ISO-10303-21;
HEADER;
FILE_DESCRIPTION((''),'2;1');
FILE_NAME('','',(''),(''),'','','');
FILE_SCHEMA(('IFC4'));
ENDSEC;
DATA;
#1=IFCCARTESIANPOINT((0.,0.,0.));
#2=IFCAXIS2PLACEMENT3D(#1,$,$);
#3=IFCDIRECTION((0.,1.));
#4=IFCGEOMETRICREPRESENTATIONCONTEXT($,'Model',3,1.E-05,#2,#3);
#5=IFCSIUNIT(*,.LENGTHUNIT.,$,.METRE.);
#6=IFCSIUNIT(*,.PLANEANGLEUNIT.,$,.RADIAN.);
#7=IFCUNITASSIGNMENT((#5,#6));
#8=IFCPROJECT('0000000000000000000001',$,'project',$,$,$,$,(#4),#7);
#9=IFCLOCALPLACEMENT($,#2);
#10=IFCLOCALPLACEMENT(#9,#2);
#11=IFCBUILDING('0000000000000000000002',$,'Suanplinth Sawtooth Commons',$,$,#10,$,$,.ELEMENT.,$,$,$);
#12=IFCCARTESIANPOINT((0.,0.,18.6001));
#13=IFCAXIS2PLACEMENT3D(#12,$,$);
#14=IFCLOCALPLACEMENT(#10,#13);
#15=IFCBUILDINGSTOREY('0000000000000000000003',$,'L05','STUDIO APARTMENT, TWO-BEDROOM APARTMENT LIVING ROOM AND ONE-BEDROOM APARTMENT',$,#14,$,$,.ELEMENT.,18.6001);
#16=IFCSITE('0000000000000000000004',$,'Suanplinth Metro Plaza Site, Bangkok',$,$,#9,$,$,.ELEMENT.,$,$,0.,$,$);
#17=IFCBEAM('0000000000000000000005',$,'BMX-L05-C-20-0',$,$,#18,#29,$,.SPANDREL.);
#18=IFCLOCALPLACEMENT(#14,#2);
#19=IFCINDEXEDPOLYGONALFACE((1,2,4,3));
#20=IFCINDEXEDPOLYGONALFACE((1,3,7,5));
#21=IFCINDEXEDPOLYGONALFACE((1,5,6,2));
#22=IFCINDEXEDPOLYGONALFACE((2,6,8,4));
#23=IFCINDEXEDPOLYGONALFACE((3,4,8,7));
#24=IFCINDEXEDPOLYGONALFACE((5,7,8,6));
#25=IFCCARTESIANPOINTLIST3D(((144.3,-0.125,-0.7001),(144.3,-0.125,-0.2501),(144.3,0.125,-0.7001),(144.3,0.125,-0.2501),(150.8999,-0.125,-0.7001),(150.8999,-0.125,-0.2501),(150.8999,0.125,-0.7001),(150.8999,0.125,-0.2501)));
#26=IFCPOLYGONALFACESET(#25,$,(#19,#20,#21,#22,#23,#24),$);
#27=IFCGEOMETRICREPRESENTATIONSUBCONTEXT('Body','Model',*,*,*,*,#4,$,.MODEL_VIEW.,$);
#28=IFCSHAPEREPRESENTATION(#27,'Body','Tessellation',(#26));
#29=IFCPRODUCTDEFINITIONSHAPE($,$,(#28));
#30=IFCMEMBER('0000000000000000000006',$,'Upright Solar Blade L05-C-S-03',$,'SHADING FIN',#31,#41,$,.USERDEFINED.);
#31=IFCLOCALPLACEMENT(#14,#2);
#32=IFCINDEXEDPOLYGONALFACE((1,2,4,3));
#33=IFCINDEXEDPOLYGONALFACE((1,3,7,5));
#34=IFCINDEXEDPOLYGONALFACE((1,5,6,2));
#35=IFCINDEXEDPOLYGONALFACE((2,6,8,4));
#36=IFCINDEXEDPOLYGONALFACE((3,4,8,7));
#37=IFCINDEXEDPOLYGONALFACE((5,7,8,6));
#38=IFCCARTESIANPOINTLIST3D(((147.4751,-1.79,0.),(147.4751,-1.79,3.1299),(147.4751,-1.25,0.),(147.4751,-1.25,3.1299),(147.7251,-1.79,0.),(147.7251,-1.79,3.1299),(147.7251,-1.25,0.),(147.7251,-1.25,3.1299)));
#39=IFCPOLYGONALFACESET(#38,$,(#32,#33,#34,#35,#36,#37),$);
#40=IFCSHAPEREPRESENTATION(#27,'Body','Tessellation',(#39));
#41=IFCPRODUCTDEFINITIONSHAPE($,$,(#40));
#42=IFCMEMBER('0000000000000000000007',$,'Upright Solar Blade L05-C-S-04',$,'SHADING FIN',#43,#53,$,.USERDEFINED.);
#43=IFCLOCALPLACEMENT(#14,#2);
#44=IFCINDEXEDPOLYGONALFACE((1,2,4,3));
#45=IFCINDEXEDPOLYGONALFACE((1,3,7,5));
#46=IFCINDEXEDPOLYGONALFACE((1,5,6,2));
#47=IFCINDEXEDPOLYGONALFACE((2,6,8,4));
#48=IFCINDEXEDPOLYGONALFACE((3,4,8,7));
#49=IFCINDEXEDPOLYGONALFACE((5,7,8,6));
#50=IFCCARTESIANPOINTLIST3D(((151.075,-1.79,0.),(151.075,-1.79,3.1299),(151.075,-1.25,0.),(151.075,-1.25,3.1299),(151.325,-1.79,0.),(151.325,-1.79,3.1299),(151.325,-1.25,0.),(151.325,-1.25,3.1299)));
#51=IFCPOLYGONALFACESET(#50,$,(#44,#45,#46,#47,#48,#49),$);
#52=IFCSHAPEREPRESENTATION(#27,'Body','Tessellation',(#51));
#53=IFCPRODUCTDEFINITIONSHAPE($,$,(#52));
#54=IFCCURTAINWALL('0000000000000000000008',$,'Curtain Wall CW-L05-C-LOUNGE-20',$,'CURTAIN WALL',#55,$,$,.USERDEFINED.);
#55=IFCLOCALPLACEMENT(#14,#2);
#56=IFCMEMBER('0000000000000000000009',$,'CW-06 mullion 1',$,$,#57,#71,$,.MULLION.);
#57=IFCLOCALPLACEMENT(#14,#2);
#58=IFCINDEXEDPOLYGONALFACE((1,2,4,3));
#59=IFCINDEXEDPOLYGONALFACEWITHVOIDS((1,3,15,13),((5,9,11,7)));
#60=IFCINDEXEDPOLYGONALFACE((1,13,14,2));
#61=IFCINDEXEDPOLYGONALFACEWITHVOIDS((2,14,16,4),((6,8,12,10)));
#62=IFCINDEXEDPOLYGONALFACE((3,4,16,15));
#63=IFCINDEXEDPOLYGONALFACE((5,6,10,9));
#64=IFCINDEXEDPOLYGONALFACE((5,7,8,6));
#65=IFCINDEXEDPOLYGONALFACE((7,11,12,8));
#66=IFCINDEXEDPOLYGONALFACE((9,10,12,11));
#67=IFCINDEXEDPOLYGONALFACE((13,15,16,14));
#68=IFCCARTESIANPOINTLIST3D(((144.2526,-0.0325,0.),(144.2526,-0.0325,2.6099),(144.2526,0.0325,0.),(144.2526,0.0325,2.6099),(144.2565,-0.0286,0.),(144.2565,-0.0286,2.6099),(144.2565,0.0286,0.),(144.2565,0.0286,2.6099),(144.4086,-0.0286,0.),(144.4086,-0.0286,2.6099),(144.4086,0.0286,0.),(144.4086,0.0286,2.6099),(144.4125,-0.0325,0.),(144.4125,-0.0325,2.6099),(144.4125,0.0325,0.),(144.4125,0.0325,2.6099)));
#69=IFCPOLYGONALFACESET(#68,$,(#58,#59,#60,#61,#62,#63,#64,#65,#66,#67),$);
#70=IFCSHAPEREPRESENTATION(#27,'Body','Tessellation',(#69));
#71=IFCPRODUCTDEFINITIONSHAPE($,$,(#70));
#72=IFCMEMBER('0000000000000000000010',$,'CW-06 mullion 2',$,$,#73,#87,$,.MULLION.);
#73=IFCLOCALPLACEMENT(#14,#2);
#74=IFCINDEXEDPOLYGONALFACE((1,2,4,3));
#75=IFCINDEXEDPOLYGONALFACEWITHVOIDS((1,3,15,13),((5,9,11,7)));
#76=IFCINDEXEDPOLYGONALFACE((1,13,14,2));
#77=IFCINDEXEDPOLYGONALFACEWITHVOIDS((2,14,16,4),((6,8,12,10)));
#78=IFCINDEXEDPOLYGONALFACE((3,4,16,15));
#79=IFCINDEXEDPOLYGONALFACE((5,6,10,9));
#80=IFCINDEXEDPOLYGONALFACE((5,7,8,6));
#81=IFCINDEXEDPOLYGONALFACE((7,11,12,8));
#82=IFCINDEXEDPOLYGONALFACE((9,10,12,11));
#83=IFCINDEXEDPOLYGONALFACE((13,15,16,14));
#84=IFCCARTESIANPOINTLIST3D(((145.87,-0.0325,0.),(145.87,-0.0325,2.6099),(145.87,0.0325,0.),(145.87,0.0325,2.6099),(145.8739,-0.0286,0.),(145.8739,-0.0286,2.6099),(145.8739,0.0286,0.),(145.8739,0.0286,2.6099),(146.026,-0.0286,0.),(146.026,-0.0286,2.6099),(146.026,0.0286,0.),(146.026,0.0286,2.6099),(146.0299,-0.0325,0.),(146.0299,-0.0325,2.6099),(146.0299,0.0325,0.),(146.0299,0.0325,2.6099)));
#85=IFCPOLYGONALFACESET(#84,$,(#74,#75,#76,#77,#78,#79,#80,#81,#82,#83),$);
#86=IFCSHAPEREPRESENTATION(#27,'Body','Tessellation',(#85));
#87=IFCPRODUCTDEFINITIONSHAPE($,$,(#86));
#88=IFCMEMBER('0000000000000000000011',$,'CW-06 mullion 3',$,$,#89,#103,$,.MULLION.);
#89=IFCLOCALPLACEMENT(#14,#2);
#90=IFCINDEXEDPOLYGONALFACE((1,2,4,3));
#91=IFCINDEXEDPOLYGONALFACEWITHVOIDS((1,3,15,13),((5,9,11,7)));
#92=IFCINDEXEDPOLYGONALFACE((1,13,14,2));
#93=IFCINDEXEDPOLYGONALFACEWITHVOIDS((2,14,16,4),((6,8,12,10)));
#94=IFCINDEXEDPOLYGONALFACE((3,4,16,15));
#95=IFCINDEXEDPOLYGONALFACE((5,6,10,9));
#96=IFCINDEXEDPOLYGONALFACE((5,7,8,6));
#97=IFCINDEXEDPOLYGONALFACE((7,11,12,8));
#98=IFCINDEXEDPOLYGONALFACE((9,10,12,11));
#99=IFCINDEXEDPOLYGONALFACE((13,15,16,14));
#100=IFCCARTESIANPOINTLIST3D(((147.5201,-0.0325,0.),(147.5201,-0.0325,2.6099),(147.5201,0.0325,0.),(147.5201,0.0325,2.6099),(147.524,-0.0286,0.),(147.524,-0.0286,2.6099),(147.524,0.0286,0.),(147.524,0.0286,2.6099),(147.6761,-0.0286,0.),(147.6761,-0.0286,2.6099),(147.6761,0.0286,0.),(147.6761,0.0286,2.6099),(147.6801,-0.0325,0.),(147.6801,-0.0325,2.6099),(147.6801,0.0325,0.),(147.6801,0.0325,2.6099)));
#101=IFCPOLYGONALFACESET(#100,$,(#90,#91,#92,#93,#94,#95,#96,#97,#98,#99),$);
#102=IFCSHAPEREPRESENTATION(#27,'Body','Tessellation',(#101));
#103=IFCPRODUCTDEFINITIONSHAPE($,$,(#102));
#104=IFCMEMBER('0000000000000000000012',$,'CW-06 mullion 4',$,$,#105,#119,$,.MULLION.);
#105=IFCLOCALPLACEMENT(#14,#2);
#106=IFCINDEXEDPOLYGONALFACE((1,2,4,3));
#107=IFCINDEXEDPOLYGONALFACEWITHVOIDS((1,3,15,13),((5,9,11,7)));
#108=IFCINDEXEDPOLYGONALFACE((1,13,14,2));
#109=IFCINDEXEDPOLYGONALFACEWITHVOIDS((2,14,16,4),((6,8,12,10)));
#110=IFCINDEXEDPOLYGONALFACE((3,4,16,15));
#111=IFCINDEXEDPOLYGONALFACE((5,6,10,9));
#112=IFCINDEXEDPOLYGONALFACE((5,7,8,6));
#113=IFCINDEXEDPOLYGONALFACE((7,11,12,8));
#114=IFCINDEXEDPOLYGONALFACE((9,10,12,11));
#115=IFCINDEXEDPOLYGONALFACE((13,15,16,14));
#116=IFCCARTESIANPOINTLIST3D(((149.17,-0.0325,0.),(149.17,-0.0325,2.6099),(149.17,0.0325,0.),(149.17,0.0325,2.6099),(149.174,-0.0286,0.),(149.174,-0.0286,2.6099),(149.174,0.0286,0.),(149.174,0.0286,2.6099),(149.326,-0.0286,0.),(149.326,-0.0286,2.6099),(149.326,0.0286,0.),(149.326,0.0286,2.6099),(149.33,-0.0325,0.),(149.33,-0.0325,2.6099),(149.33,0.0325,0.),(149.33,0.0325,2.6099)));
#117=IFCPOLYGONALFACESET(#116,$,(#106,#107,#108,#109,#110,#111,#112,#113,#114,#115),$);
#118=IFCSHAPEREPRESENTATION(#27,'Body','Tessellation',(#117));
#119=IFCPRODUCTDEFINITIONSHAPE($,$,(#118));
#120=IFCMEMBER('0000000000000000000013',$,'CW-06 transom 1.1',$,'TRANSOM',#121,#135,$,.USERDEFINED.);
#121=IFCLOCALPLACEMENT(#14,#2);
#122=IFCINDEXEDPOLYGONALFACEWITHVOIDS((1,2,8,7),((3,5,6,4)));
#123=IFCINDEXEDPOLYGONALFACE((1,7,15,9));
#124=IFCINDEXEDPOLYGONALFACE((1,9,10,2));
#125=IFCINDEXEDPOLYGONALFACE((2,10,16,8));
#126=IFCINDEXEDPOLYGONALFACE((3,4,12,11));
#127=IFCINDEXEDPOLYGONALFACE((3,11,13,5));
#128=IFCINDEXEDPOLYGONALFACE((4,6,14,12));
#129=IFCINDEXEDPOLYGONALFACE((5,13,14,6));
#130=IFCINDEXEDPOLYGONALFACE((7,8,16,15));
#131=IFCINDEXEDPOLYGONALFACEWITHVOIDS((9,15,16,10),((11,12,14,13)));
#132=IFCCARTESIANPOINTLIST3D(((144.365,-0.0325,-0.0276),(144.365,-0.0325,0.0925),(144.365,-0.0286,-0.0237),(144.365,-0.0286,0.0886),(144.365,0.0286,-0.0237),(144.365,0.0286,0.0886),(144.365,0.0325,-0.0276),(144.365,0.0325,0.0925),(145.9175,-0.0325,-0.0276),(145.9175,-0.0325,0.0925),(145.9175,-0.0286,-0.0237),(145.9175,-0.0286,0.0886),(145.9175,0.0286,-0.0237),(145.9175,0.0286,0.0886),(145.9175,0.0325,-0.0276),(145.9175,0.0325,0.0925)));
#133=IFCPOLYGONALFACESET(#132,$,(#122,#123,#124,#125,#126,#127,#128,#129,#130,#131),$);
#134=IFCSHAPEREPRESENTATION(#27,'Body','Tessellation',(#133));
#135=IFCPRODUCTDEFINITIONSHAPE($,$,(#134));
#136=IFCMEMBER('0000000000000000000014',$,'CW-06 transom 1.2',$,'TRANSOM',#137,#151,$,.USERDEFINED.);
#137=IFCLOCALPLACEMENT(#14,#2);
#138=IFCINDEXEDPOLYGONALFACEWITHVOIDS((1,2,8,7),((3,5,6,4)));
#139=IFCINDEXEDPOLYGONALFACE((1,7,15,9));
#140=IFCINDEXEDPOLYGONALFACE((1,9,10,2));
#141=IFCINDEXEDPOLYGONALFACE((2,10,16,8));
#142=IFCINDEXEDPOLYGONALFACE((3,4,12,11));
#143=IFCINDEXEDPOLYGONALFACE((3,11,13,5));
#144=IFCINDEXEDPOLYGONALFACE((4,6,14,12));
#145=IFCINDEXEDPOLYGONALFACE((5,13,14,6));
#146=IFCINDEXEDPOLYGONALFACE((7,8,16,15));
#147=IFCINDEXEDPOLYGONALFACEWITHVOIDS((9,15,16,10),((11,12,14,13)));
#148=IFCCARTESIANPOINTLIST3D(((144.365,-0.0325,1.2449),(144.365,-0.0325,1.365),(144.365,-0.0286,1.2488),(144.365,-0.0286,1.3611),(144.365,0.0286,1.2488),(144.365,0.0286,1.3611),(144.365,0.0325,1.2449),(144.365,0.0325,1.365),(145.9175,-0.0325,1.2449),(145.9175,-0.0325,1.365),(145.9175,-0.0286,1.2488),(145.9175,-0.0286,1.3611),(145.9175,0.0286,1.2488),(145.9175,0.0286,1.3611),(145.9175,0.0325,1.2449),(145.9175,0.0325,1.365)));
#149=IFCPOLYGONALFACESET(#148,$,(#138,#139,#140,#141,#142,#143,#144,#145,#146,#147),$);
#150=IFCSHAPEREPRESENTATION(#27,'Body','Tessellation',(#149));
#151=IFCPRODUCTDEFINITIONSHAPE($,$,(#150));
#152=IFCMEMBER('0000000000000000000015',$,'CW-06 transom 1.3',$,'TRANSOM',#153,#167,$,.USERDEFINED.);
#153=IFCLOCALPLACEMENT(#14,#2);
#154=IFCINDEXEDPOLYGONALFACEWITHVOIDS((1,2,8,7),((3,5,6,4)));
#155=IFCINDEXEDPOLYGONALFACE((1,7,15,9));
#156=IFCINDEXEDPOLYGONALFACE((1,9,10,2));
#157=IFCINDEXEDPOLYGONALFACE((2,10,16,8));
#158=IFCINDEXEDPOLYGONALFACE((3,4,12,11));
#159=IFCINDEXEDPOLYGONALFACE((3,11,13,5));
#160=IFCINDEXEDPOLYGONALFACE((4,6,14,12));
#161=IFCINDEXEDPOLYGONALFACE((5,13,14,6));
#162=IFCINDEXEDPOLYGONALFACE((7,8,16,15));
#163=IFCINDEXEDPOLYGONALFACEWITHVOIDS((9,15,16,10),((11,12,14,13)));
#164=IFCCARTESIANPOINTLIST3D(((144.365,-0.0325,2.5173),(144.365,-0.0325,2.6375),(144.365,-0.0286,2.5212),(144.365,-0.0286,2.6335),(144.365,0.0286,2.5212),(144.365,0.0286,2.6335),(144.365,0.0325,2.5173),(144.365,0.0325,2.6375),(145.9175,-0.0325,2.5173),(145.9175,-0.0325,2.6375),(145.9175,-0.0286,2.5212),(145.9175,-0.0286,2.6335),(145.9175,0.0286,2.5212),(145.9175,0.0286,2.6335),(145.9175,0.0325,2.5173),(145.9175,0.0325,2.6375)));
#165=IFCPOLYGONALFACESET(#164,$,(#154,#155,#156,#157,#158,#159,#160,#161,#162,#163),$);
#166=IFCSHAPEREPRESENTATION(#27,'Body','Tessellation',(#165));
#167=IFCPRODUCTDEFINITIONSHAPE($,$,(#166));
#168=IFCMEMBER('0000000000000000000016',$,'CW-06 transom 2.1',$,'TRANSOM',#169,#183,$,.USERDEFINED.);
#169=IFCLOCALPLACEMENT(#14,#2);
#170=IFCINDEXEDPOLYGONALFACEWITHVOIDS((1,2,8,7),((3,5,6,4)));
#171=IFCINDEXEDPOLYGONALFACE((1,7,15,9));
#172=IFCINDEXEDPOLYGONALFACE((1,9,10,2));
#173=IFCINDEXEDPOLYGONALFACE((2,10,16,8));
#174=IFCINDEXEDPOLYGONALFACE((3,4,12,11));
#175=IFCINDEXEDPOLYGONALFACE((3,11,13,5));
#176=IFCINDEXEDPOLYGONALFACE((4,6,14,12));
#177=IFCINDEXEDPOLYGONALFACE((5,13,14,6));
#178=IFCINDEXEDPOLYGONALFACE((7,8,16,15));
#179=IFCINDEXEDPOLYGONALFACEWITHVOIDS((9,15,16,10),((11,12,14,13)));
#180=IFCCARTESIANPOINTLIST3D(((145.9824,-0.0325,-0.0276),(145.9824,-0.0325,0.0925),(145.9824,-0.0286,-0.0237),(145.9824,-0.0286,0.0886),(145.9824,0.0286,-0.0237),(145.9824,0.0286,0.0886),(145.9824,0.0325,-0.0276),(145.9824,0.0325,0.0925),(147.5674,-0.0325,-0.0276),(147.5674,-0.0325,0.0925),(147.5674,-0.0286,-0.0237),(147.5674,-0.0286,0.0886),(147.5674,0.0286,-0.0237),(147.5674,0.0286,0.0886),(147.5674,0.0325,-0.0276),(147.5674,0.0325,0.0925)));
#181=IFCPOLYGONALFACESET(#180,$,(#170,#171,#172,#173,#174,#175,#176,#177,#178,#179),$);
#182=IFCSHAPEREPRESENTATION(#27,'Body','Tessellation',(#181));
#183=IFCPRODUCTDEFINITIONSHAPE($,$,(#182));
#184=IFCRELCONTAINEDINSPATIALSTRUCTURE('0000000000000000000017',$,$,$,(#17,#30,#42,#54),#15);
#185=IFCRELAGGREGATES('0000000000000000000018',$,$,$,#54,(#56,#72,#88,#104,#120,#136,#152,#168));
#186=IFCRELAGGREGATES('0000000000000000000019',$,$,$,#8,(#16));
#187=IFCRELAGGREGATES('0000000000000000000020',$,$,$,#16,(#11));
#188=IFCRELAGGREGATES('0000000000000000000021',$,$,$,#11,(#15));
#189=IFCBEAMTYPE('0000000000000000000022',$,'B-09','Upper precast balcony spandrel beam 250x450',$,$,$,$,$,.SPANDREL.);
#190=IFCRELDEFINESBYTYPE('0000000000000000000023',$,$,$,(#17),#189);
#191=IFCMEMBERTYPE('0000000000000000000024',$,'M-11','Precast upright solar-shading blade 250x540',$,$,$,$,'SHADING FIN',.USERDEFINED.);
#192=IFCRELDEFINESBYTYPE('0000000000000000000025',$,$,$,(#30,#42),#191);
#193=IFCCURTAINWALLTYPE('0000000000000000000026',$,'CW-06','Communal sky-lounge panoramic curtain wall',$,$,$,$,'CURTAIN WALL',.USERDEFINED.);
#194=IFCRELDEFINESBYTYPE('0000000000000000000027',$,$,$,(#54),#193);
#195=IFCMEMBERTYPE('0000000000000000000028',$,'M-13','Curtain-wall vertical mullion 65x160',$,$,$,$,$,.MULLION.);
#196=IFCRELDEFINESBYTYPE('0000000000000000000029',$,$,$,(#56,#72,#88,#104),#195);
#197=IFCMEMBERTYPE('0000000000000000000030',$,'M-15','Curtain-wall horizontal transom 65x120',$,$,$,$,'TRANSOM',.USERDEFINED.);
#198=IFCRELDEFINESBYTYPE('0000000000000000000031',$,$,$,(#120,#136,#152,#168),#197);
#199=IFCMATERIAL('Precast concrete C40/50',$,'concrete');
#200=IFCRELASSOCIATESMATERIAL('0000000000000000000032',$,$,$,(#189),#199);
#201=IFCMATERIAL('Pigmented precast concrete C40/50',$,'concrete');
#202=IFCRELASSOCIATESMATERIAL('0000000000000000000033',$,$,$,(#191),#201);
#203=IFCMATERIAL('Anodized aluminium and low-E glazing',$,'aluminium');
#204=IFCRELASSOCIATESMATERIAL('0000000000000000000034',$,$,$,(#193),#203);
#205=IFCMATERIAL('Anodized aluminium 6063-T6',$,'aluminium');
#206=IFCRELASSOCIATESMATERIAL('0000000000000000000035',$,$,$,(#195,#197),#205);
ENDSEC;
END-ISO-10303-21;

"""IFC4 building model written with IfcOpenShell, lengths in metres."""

from ifc_helpers import new_model, si_unit, direction, frame, origin, origin_2d, place, context, subcontext, project, spatial, rectangle, hollow_rectangle, extrude, material, material_profile, profile_set, type_object, element, aggregate, save


model = new_model("IFC4")

# Units and contexts
model_context = context("Model", 3, precision=1e-05, world=origin(), true_north=direction((0.0, 1.0)))
body_context = subcontext(model_context, "Body", "Model", "MODEL_VIEW")
ifc_project = project(units=[si_unit("LENGTHUNIT", "METRE"), si_unit("PLANEANGLEUNIT", "RADIAN")], contexts=[model_context])

# Site, building, storey
site_placement = place(None, origin())
site = spatial("IfcSite", under=ifc_project, at=site_placement, Name="Suanplinth Metro Plaza Site, Bangkok", CompositionType="ELEMENT", RefElevation=0.0)
building_placement = place(site_placement, origin())
building = spatial("IfcBuilding", under=site, at=building_placement, Name="Suanplinth Sawtooth Commons", CompositionType="ELEMENT")
storey_placement = place(building_placement, frame((0.0, 0.0, 18.6001)))
storey = spatial("IfcBuildingStorey", under=building, at=storey_placement, Name="L05", Description="STUDIO APARTMENT, TWO-BEDROOM APARTMENT LIVING ROOM AND ONE-BEDROOM APARTMENT", CompositionType="ELEMENT", Elevation=18.6001)

# Beam
ifc_material_1 = material(Name="Precast concrete C40/50", Category="concrete")
ifc_material_profile_1 = material_profile(ifc_material_1, rectangle(XDim=0.25, YDim=0.45, at=origin_2d()), Name="PC-SP 250x450")
ifc_profile_set_1 = profile_set([ifc_material_profile_1], Name="Precast concrete C40/50")
beam_type = type_object("IfcBeamType", Name="B-09", Description="Upper precast balcony spandrel beam 250x450", PredefinedType="SPANDREL", material=ifc_profile_set_1)
beam_placement = place(storey_placement, frame((144.3, 0.0, -0.4751), z_axis=(1.0, 0.0, 0.0), x_axis=(0.0, 1.0, 0.0)))
element("IfcBeam", 1, at=beam_placement, inside=storey, type_object=beam_type, Name="BMX-L05-C-20-0", PredefinedType="SPANDREL", context=body_context, shape_type="SweptSolid", body=[
    extrude(rectangle(XDim=0.25, YDim=0.45, at=origin_2d()), origin(), (0.0, 0.0, 1.0), 6.5999),
])

# Members
ifc_material_2 = material(Name="Pigmented precast concrete C40/50", Category="concrete")
ifc_material_profile_2 = material_profile(ifc_material_2, rectangle(XDim=0.25, YDim=0.54, at=origin_2d()), Name="PC-FIN 250x540")
ifc_profile_set_2 = profile_set([ifc_material_profile_2], Name="Pigmented precast concrete C40/50")
member_type_1 = type_object("IfcMemberType", Name="M-11", Description="Precast upright solar-shading blade 250x540", ElementType="SHADING FIN", PredefinedType="USERDEFINED", material=ifc_profile_set_2)
for number, where, z_axis, x_axis, name in (
    (2, (147.6001, -1.52, 0.0), (0.0, 0.0, 1.0), (1.0, 0.0, 0.0), "Upright Solar Blade L05-C-S-03"),
    (3, (151.2, -1.52, 0.0), (0.0, 0.0, 1.0), (1.0, 0.0, 0.0), "Upright Solar Blade L05-C-S-04"),
):
    element("IfcMember", number, at=place(storey_placement, frame(where, z_axis=z_axis, x_axis=x_axis)), inside=storey, type_object=member_type_1, Name=name, ObjectType="SHADING FIN", PredefinedType="USERDEFINED", context=body_context, shape_type="SweptSolid", body=[
        extrude(rectangle(XDim=0.25, YDim=0.54, at=origin_2d()), origin(), (0.0, 0.0, 1.0), 3.1299),
    ])

# Curtain wall, members
ifc_material_3 = material(Name="Anodized aluminium and low-E glazing", Category="aluminium")
curtain_wall_type = type_object("IfcCurtainWallType", Name="CW-06", Description="Communal sky-lounge panoramic curtain wall", ElementType="CURTAIN WALL", PredefinedType="USERDEFINED", material=ifc_material_3)
curtain_wall_placement = place(storey_placement, origin())
curtain_wall = element("IfcCurtainWall", 4, at=curtain_wall_placement, inside=storey, type_object=curtain_wall_type, Name="Curtain Wall CW-L05-C-LOUNGE-20", ObjectType="CURTAIN WALL", PredefinedType="USERDEFINED")
ifc_material_4 = material(Name="Anodized aluminium 6063-T6", Category="aluminium")
ifc_material_profile_3 = material_profile(ifc_material_4, hollow_rectangle(XDim=0.0649, YDim=0.1599, WallThickness=0.0039, at=origin_2d()), Name="ALU-MUL 65x160")
ifc_profile_set_3 = profile_set([ifc_material_profile_3], Name="Anodized aluminium 6063-T6")
member_type_2 = type_object("IfcMemberType", Name="M-13", Description="Curtain-wall vertical mullion 65x160", PredefinedType="MULLION", material=ifc_profile_set_3)
member_1_placement = place(storey_placement, frame((144.3325, 0.0, 0.0), z_axis=(0.0, 0.0, 1.0), x_axis=(0.0, 1.0, 0.0)))
member_1 = element("IfcMember", 5, at=member_1_placement, type_object=member_type_2, Name="CW-06 mullion 1", PredefinedType="MULLION", context=body_context, shape_type="SweptSolid", body=[
    extrude(hollow_rectangle(XDim=0.0649, YDim=0.1599, WallThickness=0.0039, at=origin_2d()), origin(), (0.0, 0.0, 1.0), 2.6099),
])
member_2_placement = place(storey_placement, frame((145.95, 0.0, 0.0), z_axis=(0.0, 0.0, 1.0), x_axis=(0.0, 1.0, 0.0)))
member_2 = element("IfcMember", 6, at=member_2_placement, type_object=member_type_2, Name="CW-06 mullion 2", PredefinedType="MULLION", context=body_context, shape_type="SweptSolid", body=[
    extrude(hollow_rectangle(XDim=0.0649, YDim=0.1599, WallThickness=0.0039, at=origin_2d()), origin(), (0.0, 0.0, 1.0), 2.6099),
])
member_3_placement = place(storey_placement, frame((147.6001, 0.0, 0.0), z_axis=(0.0, 0.0, 1.0), x_axis=(0.0, 1.0, 0.0)))
member_3 = element("IfcMember", 7, at=member_3_placement, type_object=member_type_2, Name="CW-06 mullion 3", PredefinedType="MULLION", context=body_context, shape_type="SweptSolid", body=[
    extrude(hollow_rectangle(XDim=0.0649, YDim=0.1599, WallThickness=0.0039, at=origin_2d()), origin(), (0.0, 0.0, 1.0), 2.6099),
])
member_4_placement = place(storey_placement, frame((149.25, 0.0, 0.0), z_axis=(0.0, 0.0, 1.0), x_axis=(0.0, 1.0, 0.0)))
member_4 = element("IfcMember", 8, at=member_4_placement, type_object=member_type_2, Name="CW-06 mullion 4", PredefinedType="MULLION", context=body_context, shape_type="SweptSolid", body=[
    extrude(hollow_rectangle(XDim=0.0649, YDim=0.1599, WallThickness=0.0039, at=origin_2d()), origin(), (0.0, 0.0, 1.0), 2.6099),
])
ifc_material_profile_4 = material_profile(ifc_material_4, hollow_rectangle(XDim=0.0649, YDim=0.1201, WallThickness=0.0039, at=origin_2d()), Name="ALU-TRN 65x120")
ifc_profile_set_4 = profile_set([ifc_material_profile_4], Name="Anodized aluminium 6063-T6")
member_type_3 = type_object("IfcMemberType", Name="M-15", Description="Curtain-wall horizontal transom 65x120", ElementType="TRANSOM", PredefinedType="USERDEFINED", material=ifc_profile_set_4)
member_5_placement = place(storey_placement, frame((144.365, 0.0, 0.0325), z_axis=(1.0, 0.0, 0.0), x_axis=(0.0, 1.0, 0.0)))
member_5 = element("IfcMember", 9, at=member_5_placement, type_object=member_type_3, Name="CW-06 transom 1.1", ObjectType="TRANSOM", PredefinedType="USERDEFINED", context=body_context, shape_type="SweptSolid", body=[
    extrude(hollow_rectangle(XDim=0.0649, YDim=0.1201, WallThickness=0.0039, at=origin_2d()), origin(), (0.0, 0.0, 1.0), 1.5525),
])
member_6_placement = place(storey_placement, frame((144.365, 0.0, 1.3049), z_axis=(1.0, 0.0, 0.0), x_axis=(0.0, 1.0, 0.0)))
member_6 = element("IfcMember", 10, at=member_6_placement, type_object=member_type_3, Name="CW-06 transom 1.2", ObjectType="TRANSOM", PredefinedType="USERDEFINED", context=body_context, shape_type="SweptSolid", body=[
    extrude(hollow_rectangle(XDim=0.0649, YDim=0.1201, WallThickness=0.0039, at=origin_2d()), origin(), (0.0, 0.0, 1.0), 1.5525),
])
member_7_placement = place(storey_placement, frame((144.365, 0.0, 2.5774), z_axis=(1.0, 0.0, 0.0), x_axis=(0.0, 1.0, 0.0)))
member_7 = element("IfcMember", 11, at=member_7_placement, type_object=member_type_3, Name="CW-06 transom 1.3", ObjectType="TRANSOM", PredefinedType="USERDEFINED", context=body_context, shape_type="SweptSolid", body=[
    extrude(hollow_rectangle(XDim=0.0649, YDim=0.1201, WallThickness=0.0039, at=origin_2d()), origin(), (0.0, 0.0, 1.0), 1.5525),
])
member_8_placement = place(storey_placement, frame((145.9824, 0.0, 0.0325), z_axis=(1.0, 0.0, 0.0), x_axis=(0.0, 1.0, 0.0)))
member_8 = element("IfcMember", 12, at=member_8_placement, type_object=member_type_3, Name="CW-06 transom 2.1", ObjectType="TRANSOM", PredefinedType="USERDEFINED", context=body_context, shape_type="SweptSolid", body=[
    extrude(hollow_rectangle(XDim=0.0649, YDim=0.1201, WallThickness=0.0039, at=origin_2d()), origin(), (0.0, 0.0, 1.0), 1.585),
])
aggregate(curtain_wall, [member_1, member_2, member_3, member_4, member_5, member_6, member_7, member_8])

save(model, "model.ifc")
